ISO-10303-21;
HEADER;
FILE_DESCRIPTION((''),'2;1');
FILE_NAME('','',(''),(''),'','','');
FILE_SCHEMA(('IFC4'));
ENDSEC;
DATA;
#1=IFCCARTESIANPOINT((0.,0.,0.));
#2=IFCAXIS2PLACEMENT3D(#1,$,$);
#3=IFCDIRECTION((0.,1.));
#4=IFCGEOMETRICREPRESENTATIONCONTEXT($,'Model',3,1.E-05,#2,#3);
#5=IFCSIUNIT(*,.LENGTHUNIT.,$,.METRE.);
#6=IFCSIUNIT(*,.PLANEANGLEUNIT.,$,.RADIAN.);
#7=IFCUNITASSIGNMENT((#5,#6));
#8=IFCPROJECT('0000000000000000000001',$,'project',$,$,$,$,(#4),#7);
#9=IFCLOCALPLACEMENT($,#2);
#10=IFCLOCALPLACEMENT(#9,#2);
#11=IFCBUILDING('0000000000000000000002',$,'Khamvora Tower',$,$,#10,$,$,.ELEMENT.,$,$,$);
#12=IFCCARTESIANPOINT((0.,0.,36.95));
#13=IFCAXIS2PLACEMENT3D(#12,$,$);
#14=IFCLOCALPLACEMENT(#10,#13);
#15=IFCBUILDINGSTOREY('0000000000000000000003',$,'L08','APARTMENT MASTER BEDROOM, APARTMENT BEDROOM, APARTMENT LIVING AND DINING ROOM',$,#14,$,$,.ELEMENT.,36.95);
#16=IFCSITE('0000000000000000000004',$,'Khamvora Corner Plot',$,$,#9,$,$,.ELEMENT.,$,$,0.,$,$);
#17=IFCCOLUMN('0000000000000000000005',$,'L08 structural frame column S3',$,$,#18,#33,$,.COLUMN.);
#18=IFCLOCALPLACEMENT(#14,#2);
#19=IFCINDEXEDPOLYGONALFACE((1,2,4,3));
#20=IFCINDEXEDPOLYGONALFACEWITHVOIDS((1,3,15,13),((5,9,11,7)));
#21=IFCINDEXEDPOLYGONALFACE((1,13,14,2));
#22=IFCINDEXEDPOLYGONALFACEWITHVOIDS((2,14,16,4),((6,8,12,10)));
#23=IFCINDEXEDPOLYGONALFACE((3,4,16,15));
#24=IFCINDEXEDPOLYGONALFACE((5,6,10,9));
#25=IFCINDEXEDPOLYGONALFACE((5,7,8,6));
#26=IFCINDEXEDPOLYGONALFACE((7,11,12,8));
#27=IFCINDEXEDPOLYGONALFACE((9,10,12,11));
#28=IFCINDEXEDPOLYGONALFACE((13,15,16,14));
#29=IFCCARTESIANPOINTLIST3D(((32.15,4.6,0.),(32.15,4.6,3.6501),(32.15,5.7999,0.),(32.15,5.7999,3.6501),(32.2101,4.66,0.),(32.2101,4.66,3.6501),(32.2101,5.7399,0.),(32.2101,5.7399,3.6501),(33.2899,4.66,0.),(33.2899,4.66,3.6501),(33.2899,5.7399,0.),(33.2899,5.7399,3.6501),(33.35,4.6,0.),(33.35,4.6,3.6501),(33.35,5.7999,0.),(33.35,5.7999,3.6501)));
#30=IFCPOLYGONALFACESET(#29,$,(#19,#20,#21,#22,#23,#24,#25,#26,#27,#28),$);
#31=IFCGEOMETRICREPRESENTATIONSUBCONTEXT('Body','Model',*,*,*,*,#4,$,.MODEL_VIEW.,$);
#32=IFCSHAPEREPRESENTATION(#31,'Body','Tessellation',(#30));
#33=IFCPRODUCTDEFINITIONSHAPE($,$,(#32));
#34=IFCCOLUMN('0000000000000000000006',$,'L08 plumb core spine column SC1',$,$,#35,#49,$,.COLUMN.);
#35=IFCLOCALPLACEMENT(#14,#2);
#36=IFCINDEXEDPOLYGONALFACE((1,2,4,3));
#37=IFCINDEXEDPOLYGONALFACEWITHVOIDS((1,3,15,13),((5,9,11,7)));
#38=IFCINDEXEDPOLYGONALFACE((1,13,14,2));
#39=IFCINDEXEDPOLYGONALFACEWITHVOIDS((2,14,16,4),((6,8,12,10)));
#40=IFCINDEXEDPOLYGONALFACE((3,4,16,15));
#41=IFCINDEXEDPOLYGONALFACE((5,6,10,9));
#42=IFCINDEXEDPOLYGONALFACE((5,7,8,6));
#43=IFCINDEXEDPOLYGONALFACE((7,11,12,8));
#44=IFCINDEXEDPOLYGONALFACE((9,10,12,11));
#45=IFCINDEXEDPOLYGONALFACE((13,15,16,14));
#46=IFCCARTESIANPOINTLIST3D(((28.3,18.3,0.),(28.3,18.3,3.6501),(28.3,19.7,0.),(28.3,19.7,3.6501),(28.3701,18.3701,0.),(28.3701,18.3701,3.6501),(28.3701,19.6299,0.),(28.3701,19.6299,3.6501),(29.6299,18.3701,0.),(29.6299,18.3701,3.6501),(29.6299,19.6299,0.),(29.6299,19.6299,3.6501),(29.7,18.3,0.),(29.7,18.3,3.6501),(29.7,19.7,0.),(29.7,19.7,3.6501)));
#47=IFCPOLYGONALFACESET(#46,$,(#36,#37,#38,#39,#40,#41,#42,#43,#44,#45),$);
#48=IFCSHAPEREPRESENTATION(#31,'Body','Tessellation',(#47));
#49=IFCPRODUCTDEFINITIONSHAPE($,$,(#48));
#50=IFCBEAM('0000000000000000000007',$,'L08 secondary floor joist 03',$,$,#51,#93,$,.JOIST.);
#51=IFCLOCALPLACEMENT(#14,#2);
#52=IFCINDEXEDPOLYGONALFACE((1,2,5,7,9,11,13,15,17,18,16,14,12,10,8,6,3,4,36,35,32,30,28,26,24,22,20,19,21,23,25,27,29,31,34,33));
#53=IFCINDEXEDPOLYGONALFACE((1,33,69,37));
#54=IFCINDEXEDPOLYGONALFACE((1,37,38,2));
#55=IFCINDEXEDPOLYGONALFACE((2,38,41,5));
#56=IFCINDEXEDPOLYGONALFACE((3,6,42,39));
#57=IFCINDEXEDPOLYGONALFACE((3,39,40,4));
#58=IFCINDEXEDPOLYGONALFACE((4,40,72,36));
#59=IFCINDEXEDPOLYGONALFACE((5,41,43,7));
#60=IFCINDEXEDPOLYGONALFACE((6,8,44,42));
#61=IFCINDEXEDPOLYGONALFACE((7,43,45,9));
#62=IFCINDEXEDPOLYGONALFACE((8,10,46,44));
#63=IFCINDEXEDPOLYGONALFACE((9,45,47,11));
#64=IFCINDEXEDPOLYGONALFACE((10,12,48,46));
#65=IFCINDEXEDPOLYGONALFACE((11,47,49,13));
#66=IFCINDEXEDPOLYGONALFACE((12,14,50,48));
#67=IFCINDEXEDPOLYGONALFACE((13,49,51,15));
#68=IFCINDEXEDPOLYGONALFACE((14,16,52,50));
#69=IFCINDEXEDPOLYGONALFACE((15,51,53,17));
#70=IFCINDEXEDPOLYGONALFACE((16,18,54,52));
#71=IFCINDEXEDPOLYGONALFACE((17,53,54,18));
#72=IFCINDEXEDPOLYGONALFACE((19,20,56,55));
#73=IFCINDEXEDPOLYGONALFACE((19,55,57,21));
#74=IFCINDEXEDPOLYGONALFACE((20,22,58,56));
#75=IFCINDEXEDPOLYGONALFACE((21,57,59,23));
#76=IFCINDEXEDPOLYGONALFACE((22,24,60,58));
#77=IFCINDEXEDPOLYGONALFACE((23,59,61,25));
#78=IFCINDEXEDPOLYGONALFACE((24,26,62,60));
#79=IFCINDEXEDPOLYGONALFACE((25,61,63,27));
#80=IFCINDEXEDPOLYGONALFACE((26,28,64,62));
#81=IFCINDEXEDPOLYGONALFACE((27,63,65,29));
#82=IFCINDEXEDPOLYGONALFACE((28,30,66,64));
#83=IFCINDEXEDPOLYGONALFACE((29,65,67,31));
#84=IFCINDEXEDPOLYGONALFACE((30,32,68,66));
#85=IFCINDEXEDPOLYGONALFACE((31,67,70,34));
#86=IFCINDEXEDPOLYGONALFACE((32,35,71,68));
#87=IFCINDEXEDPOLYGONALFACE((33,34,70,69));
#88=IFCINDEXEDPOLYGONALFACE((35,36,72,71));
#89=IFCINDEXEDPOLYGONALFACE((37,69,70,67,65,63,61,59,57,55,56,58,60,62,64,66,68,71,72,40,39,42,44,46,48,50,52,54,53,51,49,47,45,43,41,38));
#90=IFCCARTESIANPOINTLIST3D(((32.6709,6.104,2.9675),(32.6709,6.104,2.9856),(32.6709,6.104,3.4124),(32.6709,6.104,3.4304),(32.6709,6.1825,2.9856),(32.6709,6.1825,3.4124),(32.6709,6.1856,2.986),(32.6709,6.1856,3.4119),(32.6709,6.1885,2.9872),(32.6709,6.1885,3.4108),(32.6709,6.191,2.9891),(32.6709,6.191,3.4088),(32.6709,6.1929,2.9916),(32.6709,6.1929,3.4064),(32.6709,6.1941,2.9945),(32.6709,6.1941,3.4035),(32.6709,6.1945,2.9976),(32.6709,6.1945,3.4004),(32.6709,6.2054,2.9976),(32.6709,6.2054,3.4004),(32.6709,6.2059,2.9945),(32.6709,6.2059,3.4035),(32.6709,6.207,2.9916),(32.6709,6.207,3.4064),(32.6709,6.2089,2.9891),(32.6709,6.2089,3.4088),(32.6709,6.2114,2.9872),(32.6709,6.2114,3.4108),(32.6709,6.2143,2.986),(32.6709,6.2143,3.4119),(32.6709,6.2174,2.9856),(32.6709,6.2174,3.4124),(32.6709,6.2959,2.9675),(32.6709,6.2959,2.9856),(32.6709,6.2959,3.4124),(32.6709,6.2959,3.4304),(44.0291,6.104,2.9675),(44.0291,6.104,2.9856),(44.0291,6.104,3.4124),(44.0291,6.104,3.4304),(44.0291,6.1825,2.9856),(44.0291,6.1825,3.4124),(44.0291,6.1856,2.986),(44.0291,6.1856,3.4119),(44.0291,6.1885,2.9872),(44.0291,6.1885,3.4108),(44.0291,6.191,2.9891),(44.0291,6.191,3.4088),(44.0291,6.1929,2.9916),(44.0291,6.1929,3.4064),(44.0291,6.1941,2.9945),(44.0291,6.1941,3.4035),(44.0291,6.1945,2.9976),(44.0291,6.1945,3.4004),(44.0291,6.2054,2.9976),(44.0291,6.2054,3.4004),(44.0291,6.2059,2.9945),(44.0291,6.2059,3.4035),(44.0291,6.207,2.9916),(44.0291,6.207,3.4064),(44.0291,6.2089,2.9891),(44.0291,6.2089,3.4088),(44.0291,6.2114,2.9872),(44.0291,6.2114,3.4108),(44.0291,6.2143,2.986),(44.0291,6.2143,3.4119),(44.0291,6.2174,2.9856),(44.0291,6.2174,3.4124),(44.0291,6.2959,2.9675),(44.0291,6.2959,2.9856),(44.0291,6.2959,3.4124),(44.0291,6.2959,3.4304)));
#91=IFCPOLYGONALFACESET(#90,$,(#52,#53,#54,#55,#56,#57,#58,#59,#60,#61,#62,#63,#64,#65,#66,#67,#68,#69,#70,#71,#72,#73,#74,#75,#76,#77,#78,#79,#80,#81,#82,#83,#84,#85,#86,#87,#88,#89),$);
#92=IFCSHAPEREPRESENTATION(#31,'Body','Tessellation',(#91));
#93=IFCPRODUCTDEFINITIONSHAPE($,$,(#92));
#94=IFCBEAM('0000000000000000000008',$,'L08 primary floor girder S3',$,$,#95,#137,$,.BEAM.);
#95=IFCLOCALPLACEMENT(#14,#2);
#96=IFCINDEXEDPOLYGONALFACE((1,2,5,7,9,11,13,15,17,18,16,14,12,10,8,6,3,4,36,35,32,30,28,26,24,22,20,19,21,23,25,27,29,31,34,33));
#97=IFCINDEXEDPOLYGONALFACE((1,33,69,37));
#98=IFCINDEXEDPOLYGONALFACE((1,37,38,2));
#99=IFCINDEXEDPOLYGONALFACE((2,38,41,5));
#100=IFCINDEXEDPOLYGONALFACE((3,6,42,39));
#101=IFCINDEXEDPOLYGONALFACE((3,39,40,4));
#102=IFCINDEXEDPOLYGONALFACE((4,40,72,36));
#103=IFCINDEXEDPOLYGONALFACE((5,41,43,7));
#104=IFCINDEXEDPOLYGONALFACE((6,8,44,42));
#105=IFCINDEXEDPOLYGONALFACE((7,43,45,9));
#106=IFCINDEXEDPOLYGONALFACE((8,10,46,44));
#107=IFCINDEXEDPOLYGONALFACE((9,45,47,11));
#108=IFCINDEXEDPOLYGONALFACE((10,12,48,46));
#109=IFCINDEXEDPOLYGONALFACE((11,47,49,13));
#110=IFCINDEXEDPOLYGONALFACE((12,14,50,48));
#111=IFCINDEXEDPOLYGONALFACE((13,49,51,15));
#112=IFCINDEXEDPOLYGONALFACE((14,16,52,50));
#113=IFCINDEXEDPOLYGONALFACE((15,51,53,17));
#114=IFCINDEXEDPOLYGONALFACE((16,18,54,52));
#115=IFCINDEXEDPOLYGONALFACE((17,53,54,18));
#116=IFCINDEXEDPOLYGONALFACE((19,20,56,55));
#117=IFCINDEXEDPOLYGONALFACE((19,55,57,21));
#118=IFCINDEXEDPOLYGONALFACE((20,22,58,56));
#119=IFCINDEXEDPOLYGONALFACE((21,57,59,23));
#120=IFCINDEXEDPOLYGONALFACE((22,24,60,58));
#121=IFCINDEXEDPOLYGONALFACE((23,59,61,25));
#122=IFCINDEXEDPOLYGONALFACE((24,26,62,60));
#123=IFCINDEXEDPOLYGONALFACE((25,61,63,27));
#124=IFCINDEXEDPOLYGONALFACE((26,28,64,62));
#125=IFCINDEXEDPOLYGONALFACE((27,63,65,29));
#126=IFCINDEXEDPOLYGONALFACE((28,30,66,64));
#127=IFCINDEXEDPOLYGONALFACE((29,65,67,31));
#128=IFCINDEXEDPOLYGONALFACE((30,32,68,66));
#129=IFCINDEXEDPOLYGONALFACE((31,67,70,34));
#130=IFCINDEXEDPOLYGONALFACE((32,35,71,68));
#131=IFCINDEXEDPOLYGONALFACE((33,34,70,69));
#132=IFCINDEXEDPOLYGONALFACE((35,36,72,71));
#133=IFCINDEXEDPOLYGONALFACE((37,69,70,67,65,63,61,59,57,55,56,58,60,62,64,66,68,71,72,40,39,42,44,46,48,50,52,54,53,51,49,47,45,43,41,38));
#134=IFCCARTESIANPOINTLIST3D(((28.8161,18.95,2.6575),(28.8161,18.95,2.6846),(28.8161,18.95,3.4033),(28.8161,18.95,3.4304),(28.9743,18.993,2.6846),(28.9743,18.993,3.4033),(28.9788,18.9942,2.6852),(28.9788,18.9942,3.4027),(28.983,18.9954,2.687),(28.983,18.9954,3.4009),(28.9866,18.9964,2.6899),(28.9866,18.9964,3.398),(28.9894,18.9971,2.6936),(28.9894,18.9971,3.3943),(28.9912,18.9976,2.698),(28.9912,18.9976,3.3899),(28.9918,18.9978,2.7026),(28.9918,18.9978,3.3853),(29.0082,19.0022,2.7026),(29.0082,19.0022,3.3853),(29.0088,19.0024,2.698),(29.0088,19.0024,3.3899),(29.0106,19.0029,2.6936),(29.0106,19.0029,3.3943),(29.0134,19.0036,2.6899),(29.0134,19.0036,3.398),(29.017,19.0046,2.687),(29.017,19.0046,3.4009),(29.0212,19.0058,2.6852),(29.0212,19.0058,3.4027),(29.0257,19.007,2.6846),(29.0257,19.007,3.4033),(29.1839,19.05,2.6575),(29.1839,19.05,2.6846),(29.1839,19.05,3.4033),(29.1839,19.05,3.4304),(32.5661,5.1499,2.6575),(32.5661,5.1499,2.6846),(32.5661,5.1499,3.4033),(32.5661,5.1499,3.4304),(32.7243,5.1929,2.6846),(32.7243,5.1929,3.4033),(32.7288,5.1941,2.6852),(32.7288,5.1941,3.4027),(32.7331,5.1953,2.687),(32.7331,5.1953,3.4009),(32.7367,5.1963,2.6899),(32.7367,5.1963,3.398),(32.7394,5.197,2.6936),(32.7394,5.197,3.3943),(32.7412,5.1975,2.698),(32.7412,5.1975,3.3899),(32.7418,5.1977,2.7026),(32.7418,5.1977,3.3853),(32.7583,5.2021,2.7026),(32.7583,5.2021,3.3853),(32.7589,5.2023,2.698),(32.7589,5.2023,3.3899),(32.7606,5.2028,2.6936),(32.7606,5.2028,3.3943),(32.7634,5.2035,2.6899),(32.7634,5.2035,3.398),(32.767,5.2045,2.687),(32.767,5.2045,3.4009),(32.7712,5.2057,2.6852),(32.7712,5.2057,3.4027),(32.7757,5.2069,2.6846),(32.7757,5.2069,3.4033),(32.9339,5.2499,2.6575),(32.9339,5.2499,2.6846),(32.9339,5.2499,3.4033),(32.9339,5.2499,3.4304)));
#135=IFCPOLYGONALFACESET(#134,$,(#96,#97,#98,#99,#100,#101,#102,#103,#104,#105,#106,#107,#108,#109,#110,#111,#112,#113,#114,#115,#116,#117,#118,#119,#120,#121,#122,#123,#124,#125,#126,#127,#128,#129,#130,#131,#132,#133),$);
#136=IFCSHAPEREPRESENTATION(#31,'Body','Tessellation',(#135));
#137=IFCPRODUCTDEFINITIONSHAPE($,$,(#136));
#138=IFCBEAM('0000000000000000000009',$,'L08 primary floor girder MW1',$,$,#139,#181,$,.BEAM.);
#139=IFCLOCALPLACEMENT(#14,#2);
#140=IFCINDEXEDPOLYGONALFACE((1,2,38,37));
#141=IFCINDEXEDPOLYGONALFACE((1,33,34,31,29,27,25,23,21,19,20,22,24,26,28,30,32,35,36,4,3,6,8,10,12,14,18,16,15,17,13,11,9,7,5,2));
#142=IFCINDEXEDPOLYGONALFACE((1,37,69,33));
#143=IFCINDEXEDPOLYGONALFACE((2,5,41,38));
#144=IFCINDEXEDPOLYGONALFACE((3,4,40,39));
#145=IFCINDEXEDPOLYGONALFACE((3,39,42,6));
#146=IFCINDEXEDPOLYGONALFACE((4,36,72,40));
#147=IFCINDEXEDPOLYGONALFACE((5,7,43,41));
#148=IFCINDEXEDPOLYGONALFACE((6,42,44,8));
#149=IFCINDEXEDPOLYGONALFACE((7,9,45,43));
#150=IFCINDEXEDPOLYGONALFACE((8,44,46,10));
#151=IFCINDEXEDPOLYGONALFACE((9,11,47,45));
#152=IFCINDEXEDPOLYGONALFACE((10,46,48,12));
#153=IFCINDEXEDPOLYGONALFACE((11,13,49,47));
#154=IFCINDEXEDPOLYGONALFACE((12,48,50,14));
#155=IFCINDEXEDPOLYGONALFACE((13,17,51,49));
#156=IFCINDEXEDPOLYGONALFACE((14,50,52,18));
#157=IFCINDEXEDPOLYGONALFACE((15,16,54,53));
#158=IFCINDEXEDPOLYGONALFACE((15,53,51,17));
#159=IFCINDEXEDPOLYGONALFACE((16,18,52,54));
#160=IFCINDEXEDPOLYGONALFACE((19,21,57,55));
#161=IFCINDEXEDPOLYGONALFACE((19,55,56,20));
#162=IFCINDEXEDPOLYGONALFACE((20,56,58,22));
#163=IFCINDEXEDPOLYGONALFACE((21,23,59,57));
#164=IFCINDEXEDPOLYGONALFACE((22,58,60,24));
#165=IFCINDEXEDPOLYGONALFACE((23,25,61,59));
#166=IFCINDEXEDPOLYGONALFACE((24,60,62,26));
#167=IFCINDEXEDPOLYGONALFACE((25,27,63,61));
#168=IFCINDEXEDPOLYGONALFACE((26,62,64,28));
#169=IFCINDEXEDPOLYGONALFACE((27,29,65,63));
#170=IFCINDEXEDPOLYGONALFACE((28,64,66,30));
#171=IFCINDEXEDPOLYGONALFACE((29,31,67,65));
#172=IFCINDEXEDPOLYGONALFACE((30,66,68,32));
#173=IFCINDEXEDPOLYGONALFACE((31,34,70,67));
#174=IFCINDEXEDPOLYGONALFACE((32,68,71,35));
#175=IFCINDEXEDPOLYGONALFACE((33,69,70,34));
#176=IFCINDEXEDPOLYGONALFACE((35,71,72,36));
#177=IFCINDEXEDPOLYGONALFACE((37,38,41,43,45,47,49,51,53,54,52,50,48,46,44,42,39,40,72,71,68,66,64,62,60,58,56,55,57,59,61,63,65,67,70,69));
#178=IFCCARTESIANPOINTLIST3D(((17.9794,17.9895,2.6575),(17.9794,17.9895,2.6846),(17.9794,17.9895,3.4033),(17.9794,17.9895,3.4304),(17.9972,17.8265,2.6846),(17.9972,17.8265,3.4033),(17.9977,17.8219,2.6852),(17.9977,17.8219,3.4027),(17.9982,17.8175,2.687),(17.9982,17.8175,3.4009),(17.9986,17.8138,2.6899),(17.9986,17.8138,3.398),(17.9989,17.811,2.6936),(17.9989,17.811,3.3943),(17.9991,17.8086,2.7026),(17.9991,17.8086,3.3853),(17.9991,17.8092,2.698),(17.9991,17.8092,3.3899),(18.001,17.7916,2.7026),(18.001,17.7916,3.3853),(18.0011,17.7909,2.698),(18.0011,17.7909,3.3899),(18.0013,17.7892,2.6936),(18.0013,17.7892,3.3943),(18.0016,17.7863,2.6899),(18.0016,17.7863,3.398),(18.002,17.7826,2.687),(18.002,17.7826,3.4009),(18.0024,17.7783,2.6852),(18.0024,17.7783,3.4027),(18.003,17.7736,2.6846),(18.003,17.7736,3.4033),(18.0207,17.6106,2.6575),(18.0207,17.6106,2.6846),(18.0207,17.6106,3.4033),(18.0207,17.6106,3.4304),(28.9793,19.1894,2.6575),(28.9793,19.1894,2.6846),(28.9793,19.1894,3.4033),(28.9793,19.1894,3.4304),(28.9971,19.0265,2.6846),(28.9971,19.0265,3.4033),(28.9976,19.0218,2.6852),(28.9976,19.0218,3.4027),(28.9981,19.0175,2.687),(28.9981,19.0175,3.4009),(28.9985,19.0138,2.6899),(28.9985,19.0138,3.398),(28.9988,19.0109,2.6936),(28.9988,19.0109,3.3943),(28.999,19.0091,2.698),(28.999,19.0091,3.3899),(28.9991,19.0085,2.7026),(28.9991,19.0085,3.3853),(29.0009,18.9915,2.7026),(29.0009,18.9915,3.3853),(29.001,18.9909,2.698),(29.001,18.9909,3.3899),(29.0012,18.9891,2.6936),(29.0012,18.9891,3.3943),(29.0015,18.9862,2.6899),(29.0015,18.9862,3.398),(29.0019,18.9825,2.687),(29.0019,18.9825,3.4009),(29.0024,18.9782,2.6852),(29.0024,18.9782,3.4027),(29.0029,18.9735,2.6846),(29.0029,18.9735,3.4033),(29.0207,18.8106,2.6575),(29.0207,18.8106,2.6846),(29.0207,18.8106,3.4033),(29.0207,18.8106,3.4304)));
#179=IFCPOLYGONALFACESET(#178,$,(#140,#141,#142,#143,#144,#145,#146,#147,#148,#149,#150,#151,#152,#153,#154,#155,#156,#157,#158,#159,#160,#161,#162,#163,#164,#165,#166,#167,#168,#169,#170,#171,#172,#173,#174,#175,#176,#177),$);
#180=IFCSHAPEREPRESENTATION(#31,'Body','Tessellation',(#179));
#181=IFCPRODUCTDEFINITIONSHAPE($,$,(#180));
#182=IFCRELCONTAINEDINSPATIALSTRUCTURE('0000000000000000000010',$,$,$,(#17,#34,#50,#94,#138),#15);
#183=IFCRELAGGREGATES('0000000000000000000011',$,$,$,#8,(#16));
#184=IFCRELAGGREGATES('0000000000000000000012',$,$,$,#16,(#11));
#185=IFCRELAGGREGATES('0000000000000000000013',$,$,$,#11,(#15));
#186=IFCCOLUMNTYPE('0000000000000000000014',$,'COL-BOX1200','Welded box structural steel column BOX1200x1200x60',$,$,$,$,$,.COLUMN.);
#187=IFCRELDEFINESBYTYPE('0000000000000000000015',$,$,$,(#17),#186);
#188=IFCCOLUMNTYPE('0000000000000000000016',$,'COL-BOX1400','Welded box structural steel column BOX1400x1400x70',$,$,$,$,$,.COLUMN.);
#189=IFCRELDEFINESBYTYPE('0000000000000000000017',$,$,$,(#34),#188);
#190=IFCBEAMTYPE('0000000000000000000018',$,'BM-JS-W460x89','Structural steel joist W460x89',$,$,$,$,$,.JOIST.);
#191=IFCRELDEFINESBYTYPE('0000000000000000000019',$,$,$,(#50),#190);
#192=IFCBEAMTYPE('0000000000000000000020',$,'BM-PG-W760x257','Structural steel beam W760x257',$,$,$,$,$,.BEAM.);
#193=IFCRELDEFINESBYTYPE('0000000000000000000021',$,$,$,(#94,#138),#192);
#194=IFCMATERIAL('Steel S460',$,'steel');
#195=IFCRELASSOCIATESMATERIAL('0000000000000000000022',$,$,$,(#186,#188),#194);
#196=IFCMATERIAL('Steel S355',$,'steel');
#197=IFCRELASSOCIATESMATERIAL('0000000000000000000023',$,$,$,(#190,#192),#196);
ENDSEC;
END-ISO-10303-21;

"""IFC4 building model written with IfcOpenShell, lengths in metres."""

from ifc_helpers import new_model, si_unit, direction, frame, origin, origin_2d, place, context, subcontext, project, spatial, hollow_rectangle, i_section, extrude, material, material_profile, profile_set, type_object, element, save


model = new_model("IFC4")

# Units and contexts
model_context = context("Model", 3, precision=1e-05, world=origin(), true_north=direction((0.0, 1.0)))
body_context = subcontext(model_context, "Body", "Model", "MODEL_VIEW")
ifc_project = project(units=[si_unit("LENGTHUNIT", "METRE"), si_unit("PLANEANGLEUNIT", "RADIAN")], contexts=[model_context])

# Site, building, storey
site_placement = place(None, origin())
site = spatial("IfcSite", under=ifc_project, at=site_placement, Name="Khamvora Corner Plot", CompositionType="ELEMENT", RefElevation=0.0)
building_placement = place(site_placement, origin())
building = spatial("IfcBuilding", under=site, at=building_placement, Name="Khamvora Tower", CompositionType="ELEMENT")
storey_placement = place(building_placement, frame((0.0, 0.0, 36.95)))
storey = spatial("IfcBuildingStorey", under=building, at=storey_placement, Name="L08", Description="APARTMENT MASTER BEDROOM, APARTMENT BEDROOM, APARTMENT LIVING AND DINING ROOM", CompositionType="ELEMENT", Elevation=36.95)

# Columns
ifc_material_1 = material(Name="Steel S460", Category="steel")
ifc_material_profile_1 = material_profile(ifc_material_1, hollow_rectangle(XDim=1.2, YDim=1.2, WallThickness=0.0601, at=origin_2d()), Name="BOX1200x1200x60")
ifc_profile_set_1 = profile_set([ifc_material_profile_1], Name="Steel S460")
column_type_1 = type_object("IfcColumnType", Name="COL-BOX1200", Description="Welded box structural steel column BOX1200x1200x60", PredefinedType="COLUMN", material=ifc_profile_set_1)
column_1_placement = place(storey_placement, frame((32.75, 5.2, 0.0), z_axis=(0.0, 0.0, 1.0), x_axis=(1.0, 0.0, 0.0)))
element("IfcColumn", 1, at=column_1_placement, inside=storey, type_object=column_type_1, Name="L08 structural frame column S3", PredefinedType="COLUMN", context=body_context, shape_type="SweptSolid", body=[
    extrude(hollow_rectangle(XDim=1.2, YDim=1.2, WallThickness=0.0601, at=origin_2d()), origin(), (0.0, 0.0, 1.0), 3.6501),
])
ifc_material_profile_2 = material_profile(ifc_material_1, hollow_rectangle(XDim=1.3999, YDim=1.3999, WallThickness=0.0701, at=origin_2d()), Name="BOX1400x1400x70")
ifc_profile_set_2 = profile_set([ifc_material_profile_2], Name="Steel S460")
column_type_2 = type_object("IfcColumnType", Name="COL-BOX1400", Description="Welded box structural steel column BOX1400x1400x70", PredefinedType="COLUMN", material=ifc_profile_set_2)
column_2_placement = place(storey_placement, frame((29.0, 19.0, 0.0), z_axis=(0.0, 0.0, 1.0), x_axis=(1.0, 0.0, 0.0)))
element("IfcColumn", 2, at=column_2_placement, inside=storey, type_object=column_type_2, Name="L08 plumb core spine column SC1", PredefinedType="COLUMN", context=body_context, shape_type="SweptSolid", body=[
    extrude(hollow_rectangle(XDim=1.3999, YDim=1.3999, WallThickness=0.0701, at=origin_2d()), origin(), (0.0, 0.0, 1.0), 3.6501),
])

# Beams
ifc_material_2 = material(Name="Steel S355", Category="steel")
ifc_material_profile_3 = material_profile(ifc_material_2, i_section(OverallWidth=0.1919, OverallDepth=0.4629, WebThickness=0.011, FlangeThickness=0.0181, FilletRadius=0.012, at=origin_2d()), Name="W460x89")
ifc_profile_set_3 = profile_set([ifc_material_profile_3], Name="Steel S355")
beam_type_1 = type_object("IfcBeamType", Name="BM-JS-W460x89", Description="Structural steel joist W460x89", PredefinedType="JOIST", material=ifc_profile_set_3)
beam_1_placement = place(storey_placement, frame((32.6709, 6.2, 3.199), z_axis=(1.0, 0.0, 0.0), x_axis=(0.0, 1.0, 0.0)))
element("IfcBeam", 3, at=beam_1_placement, inside=storey, type_object=beam_type_1, Name="L08 secondary floor joist 03", PredefinedType="JOIST", context=body_context, shape_type="SweptSolid", body=[
    extrude(i_section(OverallWidth=0.1919, OverallDepth=0.4629, WebThickness=0.011, FlangeThickness=0.0181, FilletRadius=0.012, at=origin_2d()), origin(), (0.0, 0.0, 1.0), 11.3582),
])
ifc_material_profile_4 = material_profile(ifc_material_2, i_section(OverallWidth=0.3811, OverallDepth=0.7729, WebThickness=0.0171, FlangeThickness=0.0271, FilletRadius=0.0181, at=origin_2d()), Name="W760x257")
ifc_profile_set_4 = profile_set([ifc_material_profile_4], Name="Steel S355")
beam_type_2 = type_object("IfcBeamType", Name="BM-PG-W760x257", Description="Structural steel beam W760x257", PredefinedType="BEAM", material=ifc_profile_set_4)
beam_2_placement = place(storey_placement, frame((29.0, 19.0, 3.0439), z_axis=(0.262229, -0.965006, 0.0), x_axis=(0.965006, 0.262229, 0.0)))
element("IfcBeam", 4, at=beam_2_placement, inside=storey, type_object=beam_type_2, Name="L08 primary floor girder S3", PredefinedType="BEAM", context=body_context, shape_type="SweptSolid", body=[
    extrude(i_section(OverallWidth=0.3811, OverallDepth=0.7729, WebThickness=0.0171, FlangeThickness=0.0271, FilletRadius=0.0181, at=origin_2d()), origin(), (0.0, 0.0, 1.0), 14.3005),
])
beam_3_placement = place(storey_placement, frame((29.0, 19.0, 3.0439), z_axis=(-0.994103, -0.108443, 0.0), x_axis=(0.108443, -0.994103, 0.0)))
element("IfcBeam", 5, at=beam_3_placement, inside=storey, type_object=beam_type_2, Name="L08 primary floor girder MW1", PredefinedType="BEAM", context=body_context, shape_type="SweptSolid", body=[
    extrude(i_section(OverallWidth=0.3811, OverallDepth=0.7729, WebThickness=0.0171, FlangeThickness=0.0271, FilletRadius=0.0181, at=origin_2d()), origin(), (0.0, 0.0, 1.0), 11.0652),
])

save(model, "model.ifc")
